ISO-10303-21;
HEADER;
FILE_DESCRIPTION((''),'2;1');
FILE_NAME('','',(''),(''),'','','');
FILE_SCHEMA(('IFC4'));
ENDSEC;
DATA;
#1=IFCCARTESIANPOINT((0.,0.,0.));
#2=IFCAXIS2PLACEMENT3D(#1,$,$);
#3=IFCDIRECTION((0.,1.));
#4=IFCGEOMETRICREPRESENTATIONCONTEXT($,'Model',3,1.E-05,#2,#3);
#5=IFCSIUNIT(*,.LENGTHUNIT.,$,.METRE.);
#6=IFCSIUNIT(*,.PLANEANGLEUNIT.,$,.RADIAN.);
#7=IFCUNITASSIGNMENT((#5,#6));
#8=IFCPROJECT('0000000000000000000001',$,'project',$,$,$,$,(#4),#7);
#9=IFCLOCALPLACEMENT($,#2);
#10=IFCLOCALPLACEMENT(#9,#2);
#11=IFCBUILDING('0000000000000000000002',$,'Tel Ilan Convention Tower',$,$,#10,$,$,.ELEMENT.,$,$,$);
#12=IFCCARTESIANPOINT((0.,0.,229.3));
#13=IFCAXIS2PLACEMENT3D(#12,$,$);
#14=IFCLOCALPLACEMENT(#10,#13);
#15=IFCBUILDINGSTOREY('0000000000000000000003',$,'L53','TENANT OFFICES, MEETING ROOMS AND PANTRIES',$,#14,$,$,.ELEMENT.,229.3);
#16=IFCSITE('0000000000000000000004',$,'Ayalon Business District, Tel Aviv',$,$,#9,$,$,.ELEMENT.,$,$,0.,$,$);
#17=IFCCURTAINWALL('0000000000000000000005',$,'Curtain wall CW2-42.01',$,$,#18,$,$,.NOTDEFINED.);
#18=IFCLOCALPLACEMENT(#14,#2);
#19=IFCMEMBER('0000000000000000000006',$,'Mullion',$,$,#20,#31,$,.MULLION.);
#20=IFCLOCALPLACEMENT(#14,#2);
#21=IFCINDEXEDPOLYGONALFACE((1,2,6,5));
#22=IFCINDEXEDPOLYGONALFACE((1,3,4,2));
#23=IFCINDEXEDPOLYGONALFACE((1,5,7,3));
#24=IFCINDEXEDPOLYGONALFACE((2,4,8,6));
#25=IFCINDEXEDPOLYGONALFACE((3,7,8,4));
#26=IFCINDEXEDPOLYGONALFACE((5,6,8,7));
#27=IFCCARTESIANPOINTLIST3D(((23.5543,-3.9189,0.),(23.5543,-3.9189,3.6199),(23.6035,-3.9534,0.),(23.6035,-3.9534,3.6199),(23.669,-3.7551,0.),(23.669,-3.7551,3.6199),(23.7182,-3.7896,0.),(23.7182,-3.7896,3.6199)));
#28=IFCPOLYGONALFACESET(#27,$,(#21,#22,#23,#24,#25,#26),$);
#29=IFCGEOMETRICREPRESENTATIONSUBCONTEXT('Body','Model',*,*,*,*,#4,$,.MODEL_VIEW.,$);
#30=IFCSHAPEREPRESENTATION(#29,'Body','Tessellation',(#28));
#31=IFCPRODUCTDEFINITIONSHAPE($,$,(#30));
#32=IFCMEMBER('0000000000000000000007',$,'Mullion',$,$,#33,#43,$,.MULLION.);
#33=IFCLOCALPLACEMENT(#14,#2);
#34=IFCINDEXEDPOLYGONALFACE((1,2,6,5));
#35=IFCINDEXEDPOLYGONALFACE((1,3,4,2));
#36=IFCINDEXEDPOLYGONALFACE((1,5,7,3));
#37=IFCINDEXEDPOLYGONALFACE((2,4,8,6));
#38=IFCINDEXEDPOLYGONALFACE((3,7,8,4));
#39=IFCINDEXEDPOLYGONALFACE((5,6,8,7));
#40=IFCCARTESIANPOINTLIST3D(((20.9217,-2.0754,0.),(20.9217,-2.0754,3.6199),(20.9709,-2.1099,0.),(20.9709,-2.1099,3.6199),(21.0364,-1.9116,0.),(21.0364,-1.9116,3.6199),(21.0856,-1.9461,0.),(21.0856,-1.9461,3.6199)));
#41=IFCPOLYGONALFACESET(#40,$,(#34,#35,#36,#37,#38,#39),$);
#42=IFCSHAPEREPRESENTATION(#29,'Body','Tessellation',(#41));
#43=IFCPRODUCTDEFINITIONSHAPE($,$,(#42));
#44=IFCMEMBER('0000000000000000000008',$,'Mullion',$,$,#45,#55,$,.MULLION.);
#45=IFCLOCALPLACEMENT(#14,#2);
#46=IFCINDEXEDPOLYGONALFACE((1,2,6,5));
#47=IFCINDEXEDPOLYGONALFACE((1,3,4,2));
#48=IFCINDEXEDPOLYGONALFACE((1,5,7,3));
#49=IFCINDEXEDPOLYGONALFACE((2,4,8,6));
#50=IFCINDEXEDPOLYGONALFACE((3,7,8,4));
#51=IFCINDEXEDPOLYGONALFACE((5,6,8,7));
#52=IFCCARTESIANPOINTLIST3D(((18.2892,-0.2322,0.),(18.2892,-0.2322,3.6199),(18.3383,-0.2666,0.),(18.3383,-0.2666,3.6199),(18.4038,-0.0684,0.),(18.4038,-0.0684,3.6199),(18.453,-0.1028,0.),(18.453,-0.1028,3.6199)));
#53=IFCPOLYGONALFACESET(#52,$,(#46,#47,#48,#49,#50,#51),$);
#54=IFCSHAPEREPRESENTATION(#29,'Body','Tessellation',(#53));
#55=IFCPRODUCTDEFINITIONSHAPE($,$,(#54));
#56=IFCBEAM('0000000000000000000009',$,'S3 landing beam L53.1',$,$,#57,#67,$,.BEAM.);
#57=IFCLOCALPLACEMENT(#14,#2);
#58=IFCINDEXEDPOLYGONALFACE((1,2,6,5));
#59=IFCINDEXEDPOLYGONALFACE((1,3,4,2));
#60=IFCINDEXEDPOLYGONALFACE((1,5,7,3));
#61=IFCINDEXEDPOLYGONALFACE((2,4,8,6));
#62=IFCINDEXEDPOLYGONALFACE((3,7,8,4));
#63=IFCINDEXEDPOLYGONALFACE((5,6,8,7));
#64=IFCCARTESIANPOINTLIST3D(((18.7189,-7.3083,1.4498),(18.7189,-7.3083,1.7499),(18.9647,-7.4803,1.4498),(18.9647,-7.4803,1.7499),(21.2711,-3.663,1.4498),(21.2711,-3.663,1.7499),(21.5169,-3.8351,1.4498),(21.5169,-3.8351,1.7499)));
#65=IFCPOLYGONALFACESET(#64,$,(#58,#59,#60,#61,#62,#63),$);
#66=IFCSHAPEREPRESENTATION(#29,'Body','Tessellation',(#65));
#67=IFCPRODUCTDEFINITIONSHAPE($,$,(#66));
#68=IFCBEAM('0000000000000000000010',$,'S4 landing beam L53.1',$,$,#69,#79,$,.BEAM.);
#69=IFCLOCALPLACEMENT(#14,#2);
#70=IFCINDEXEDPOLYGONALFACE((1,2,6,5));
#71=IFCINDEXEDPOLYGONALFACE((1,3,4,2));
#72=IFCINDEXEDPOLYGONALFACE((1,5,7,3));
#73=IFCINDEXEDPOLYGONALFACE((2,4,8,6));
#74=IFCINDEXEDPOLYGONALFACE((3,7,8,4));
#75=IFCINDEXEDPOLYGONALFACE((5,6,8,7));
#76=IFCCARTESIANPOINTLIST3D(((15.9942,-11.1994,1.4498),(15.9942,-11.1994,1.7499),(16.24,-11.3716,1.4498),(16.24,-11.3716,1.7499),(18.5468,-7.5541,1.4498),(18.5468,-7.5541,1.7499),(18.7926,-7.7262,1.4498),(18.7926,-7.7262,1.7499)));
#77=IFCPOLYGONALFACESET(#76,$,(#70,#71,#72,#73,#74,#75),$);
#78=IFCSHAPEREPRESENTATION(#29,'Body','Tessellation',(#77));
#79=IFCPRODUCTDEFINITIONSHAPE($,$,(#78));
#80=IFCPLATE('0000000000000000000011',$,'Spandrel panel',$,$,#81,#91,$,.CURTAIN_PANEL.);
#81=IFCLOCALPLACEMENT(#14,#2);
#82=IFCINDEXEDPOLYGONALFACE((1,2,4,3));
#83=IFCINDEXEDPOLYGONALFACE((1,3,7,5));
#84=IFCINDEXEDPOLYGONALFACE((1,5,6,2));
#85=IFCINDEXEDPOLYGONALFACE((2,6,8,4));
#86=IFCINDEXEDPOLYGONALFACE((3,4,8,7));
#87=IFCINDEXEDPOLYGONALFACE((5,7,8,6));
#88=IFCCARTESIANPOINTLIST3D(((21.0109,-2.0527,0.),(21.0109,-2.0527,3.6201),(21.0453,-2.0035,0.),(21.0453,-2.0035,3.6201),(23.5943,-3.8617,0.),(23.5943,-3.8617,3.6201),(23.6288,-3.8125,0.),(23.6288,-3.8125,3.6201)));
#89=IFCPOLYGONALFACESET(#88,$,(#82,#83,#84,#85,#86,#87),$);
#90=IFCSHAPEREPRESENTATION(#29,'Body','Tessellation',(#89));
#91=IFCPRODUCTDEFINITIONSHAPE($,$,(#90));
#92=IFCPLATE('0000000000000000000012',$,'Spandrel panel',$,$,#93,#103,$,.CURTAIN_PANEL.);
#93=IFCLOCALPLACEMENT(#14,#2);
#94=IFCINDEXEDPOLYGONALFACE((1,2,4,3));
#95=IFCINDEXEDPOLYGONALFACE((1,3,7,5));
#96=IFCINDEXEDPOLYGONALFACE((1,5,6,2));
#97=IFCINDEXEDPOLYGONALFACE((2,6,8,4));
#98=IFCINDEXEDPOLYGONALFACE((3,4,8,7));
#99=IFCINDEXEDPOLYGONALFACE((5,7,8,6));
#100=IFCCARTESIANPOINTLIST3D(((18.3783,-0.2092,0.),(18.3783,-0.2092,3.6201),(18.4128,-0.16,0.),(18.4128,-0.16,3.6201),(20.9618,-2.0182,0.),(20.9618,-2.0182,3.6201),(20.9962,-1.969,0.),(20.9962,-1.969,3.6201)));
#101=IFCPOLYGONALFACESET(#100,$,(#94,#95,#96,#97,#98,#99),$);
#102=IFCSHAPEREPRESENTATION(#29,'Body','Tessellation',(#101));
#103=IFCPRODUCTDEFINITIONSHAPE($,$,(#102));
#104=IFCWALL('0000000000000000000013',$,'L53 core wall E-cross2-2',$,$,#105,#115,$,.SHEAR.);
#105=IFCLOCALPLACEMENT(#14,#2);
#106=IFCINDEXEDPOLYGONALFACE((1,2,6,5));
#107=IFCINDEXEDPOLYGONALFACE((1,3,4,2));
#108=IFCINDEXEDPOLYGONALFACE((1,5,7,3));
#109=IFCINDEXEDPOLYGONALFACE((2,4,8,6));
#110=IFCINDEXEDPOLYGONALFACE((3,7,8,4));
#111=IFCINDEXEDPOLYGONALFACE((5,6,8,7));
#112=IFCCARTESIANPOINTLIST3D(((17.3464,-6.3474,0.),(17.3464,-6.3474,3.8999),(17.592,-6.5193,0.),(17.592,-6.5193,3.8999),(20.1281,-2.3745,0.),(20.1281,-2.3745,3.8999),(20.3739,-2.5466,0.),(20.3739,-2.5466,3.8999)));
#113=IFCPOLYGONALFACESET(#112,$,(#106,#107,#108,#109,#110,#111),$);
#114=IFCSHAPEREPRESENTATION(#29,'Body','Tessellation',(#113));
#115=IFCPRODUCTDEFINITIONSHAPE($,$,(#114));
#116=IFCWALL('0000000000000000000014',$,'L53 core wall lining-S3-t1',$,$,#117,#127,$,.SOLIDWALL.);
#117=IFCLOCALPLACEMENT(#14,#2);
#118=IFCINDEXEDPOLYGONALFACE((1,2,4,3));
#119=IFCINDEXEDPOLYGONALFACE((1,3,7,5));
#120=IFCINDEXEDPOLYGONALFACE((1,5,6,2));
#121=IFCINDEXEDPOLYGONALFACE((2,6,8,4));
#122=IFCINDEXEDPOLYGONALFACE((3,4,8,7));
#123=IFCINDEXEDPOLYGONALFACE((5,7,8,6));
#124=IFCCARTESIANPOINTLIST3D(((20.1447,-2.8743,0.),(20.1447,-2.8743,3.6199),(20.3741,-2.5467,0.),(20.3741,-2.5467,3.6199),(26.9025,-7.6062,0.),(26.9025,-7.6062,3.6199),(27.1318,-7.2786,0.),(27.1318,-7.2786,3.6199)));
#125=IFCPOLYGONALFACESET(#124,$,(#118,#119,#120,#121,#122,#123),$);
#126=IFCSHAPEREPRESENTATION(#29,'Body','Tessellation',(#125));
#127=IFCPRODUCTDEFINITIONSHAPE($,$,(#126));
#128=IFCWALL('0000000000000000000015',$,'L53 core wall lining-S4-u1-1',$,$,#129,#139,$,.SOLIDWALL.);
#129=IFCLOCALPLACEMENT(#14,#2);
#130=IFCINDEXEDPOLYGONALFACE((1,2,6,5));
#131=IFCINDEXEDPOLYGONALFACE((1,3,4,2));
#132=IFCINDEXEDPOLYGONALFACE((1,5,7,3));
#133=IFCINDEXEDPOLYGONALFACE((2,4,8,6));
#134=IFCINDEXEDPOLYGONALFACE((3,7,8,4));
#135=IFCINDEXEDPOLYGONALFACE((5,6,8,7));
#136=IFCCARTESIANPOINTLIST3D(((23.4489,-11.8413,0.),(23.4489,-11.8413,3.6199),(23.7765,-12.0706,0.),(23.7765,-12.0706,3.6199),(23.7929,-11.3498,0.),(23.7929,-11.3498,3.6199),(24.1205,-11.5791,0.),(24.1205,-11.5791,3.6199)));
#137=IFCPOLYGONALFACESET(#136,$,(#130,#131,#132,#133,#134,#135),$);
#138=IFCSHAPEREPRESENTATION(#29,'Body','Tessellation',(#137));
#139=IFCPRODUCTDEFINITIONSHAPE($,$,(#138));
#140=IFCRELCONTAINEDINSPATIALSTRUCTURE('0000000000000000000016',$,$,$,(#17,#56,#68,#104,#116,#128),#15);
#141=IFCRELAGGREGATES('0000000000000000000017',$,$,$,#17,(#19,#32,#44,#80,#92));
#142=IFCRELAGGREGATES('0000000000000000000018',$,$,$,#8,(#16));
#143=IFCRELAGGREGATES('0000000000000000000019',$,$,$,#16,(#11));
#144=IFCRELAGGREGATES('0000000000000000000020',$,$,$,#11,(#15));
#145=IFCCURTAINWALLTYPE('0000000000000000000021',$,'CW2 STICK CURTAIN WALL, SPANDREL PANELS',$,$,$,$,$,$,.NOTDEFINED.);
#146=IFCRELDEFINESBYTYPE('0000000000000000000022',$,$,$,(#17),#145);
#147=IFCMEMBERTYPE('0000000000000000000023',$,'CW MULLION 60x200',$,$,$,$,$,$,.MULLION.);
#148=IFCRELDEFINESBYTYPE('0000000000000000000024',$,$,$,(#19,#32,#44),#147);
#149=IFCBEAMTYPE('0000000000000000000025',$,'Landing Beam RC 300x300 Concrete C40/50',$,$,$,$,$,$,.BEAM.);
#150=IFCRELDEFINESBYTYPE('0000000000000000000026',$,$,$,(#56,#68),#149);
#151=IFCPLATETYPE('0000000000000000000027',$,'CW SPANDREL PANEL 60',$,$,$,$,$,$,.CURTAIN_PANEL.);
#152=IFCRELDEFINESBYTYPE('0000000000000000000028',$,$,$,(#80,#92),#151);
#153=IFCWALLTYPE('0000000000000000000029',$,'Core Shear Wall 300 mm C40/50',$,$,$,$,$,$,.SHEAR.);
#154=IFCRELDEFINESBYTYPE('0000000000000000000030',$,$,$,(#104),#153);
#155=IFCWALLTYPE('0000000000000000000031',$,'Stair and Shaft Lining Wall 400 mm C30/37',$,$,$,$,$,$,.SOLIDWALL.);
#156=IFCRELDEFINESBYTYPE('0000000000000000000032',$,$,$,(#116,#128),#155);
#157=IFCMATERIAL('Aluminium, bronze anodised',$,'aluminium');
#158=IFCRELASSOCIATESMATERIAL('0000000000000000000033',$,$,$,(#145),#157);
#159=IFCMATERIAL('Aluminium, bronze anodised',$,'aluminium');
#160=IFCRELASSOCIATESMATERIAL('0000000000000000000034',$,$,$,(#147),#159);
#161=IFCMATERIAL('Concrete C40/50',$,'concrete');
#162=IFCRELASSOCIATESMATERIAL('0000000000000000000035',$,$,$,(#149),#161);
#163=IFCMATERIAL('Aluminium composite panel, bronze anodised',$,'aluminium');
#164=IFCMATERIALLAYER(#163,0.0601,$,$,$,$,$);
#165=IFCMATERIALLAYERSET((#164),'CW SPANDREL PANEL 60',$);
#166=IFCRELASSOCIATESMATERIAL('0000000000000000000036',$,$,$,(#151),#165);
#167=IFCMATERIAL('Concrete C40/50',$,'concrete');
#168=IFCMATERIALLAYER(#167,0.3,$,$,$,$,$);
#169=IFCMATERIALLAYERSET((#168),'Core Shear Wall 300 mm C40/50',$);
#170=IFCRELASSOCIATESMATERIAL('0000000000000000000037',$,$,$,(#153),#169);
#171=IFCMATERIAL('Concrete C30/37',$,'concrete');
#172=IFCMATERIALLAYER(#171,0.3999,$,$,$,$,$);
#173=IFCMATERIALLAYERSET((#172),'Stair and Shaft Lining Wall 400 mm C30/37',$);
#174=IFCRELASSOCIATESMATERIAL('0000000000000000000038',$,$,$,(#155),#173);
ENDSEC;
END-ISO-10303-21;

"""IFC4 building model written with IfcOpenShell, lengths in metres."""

from ifc_helpers import new_model, si_unit, direction, frame, frame_2d, origin, origin_2d, place, context, subcontext, project, spatial, polyline, rectangle, outline, extrude, material, layer, layer_set, material_profile, profile_set, type_object, element, aggregate, save


model = new_model("IFC4")

# Units and contexts
model_context = context("Model", 3, precision=1e-05, world=origin(), true_north=direction((0.0, 1.0)))
body_context = subcontext(model_context, "Body", "Model", "MODEL_VIEW")
ifc_project = project(units=[si_unit("LENGTHUNIT", "METRE"), si_unit("PLANEANGLEUNIT", "RADIAN")], contexts=[model_context])

# Site, building, storey
site_placement = place(None, origin())
site = spatial("IfcSite", under=ifc_project, at=site_placement, Name="Ayalon Business District, Tel Aviv", CompositionType="ELEMENT", RefElevation=0.0)
building_placement = place(site_placement, origin())
building = spatial("IfcBuilding", under=site, at=building_placement, Name="Tel Ilan Convention Tower", CompositionType="ELEMENT")
storey_placement = place(building_placement, frame((0.0, 0.0, 229.3)))
storey = spatial("IfcBuildingStorey", under=building, at=storey_placement, Name="L53", Description="TENANT OFFICES, MEETING ROOMS AND PANTRIES", CompositionType="ELEMENT", Elevation=229.3)

# Curtain wall, members
ifc_material_1 = material(Name="Aluminium, bronze anodised", Category="aluminium")
curtain_wall_type = type_object("IfcCurtainWallType", Name="CW2 STICK CURTAIN WALL, SPANDREL PANELS", PredefinedType="NOTDEFINED", material=ifc_material_1)
curtain_wall_placement = place(storey_placement, origin())
curtain_wall = element("IfcCurtainWall", 1, at=curtain_wall_placement, inside=storey, type_object=curtain_wall_type, Name="Curtain wall CW2-42.01", PredefinedType="NOTDEFINED")
ifc_material_2 = material(Name="Aluminium, bronze anodised", Category="aluminium")
ifc_material_profile_1 = material_profile(ifc_material_2, rectangle(XDim=0.0601, YDim=0.2, at=origin_2d()), Name="CW MULLION 60x200")
ifc_profile_set_1 = profile_set([ifc_material_profile_1], Name="Aluminium, bronze anodised")
member_type = type_object("IfcMemberType", Name="CW MULLION 60x200", PredefinedType="MULLION", material=ifc_profile_set_1)
member_1_placement = place(storey_placement, frame((23.6362, -3.8542, 0.0), z_axis=(0.0, 0.0, 1.0), x_axis=(-0.819152, 0.573576, 0.0)))
member_1 = element("IfcMember", 2, at=member_1_placement, type_object=member_type, Name="Mullion", PredefinedType="MULLION", context=body_context, shape_type="SweptSolid", body=[
    extrude(rectangle(XDim=0.0601, YDim=0.2, at=origin_2d()), origin(), (0.0, 0.0, 1.0), 3.6199),
])
member_2_placement = place(storey_placement, frame((21.0037, -2.0107, 0.0), z_axis=(0.0, 0.0, 1.0), x_axis=(-0.819152, 0.573576, 0.0)))
member_2 = element("IfcMember", 3, at=member_2_placement, type_object=member_type, Name="Mullion", PredefinedType="MULLION", context=body_context, shape_type="SweptSolid", body=[
    extrude(rectangle(XDim=0.0601, YDim=0.2, at=origin_2d()), origin(), (0.0, 0.0, 1.0), 3.6199),
])
member_3_placement = place(storey_placement, frame((18.3711, -0.1675, 0.0), z_axis=(0.0, 0.0, 1.0), x_axis=(-0.819152, 0.573576, 0.0)))
member_3 = element("IfcMember", 4, at=member_3_placement, type_object=member_type, Name="Mullion", PredefinedType="MULLION", context=body_context, shape_type="SweptSolid", body=[
    extrude(rectangle(XDim=0.0601, YDim=0.2, at=origin_2d()), origin(), (0.0, 0.0, 1.0), 3.6199),
])

# Beams
ifc_material_3 = material(Name="Concrete C40/50", Category="concrete")
ifc_material_profile_2 = material_profile(ifc_material_3, rectangle(XDim=0.3, YDim=0.3, at=origin_2d()), Name="RC 300x300")
ifc_profile_set_2 = profile_set([ifc_material_profile_2], Name="Concrete C40/50")
beam_type = type_object("IfcBeamType", Name="Landing Beam RC 300x300 Concrete C40/50", PredefinedType="BEAM", material=ifc_profile_set_2)
beam_1_placement = place(storey_placement, frame((21.394, -3.749, 1.5999), z_axis=(-0.573547, -0.819173, 0.0), x_axis=(0.819173, -0.573547, 0.0)))
element("IfcBeam", 5, at=beam_1_placement, inside=storey, type_object=beam_type, Name="S3 landing beam L53.1", PredefinedType="BEAM", context=body_context, shape_type="SweptSolid", body=[
    extrude(rectangle(XDim=0.3, YDim=0.3, at=origin_2d()), origin(), (0.0, 0.0, 1.0), 4.45),
])
beam_2_placement = place(storey_placement, frame((18.6697, -7.6401, 1.5999), z_axis=(-0.573584, -0.819147, 0.0), x_axis=(0.819147, -0.573584, 0.0)))
element("IfcBeam", 6, at=beam_2_placement, inside=storey, type_object=beam_type, Name="S4 landing beam L53.1", PredefinedType="BEAM", context=body_context, shape_type="SweptSolid", body=[
    extrude(rectangle(XDim=0.3, YDim=0.3, at=origin_2d()), origin(), (0.0, 0.0, 1.0), 4.4502),
])

# Plates
ifc_material_4 = material(Name="Aluminium composite panel, bronze anodised", Category="aluminium")
ifc_layer_1 = layer(ifc_material_4, 0.0601)
ifc_layer_set_1 = layer_set([ifc_layer_1], Name="CW SPANDREL PANEL 60")
plate_type = type_object("IfcPlateType", Name="CW SPANDREL PANEL 60", PredefinedType="CURTAIN_PANEL", material=ifc_layer_set_1)
plate_1_placement = place(storey_placement, frame((22.3198, -2.9326, 0.0), z_axis=(0.0, 0.0, 1.0), x_axis=(-0.819152, 0.573576, 0.0)))
plate_1 = element("IfcPlate", 7, at=plate_1_placement, type_object=plate_type, Name="Spandrel panel", PredefinedType="CURTAIN_PANEL", context=body_context, shape_type="SweptSolid", body=[
    extrude(rectangle(XDim=3.1538, YDim=0.0601, at=origin_2d()), origin(), (0.0, 0.0, 1.0), 3.6201),
])
plate_2_placement = place(storey_placement, frame((19.6873, -1.0891, 0.0), z_axis=(0.0, 0.0, 1.0), x_axis=(-0.819152, 0.573576, 0.0)))
plate_2 = element("IfcPlate", 8, at=plate_2_placement, type_object=plate_type, Name="Spandrel panel", PredefinedType="CURTAIN_PANEL", context=body_context, shape_type="SweptSolid", body=[
    extrude(rectangle(XDim=3.1538, YDim=0.0601, at=origin_2d()), origin(), (0.0, 0.0, 1.0), 3.6201),
])
aggregate(curtain_wall, [member_1, member_2, member_3, plate_1, plate_2])

# Walls
ifc_material_5 = material(Name="Concrete C40/50", Category="concrete")
ifc_layer_2 = layer(ifc_material_5, 0.3)
ifc_layer_set_2 = layer_set([ifc_layer_2], Name="Core Shear Wall 300 mm C40/50")
wall_type_1 = type_object("IfcWallType", Name="Core Shear Wall 300 mm C40/50", PredefinedType="SHEAR", material=ifc_layer_set_2)
wall_1_placement = place(storey_placement, frame((17.4692, -6.4333, 0.0), z_axis=(0.0, 0.0, 1.0), x_axis=(0.573594, 0.81914, 0.0)))
element("IfcWall", 9, at=wall_1_placement, inside=storey, type_object=wall_type_1, Name="L53 core wall E-cross2-2", PredefinedType="SHEAR", context=body_context, shape_type="SweptSolid", body=[
    extrude(outline(polyline([(4.8499, -0.1499), (4.8499, 0.1501), (0.0, 0.1499), (0.0, -0.1499), (4.8499, -0.1499)])), origin(), (0.0, 0.0, 1.0), 3.8999),
])
ifc_material_6 = material(Name="Concrete C30/37", Category="concrete")
ifc_layer_3 = layer(ifc_material_6, 0.3999)
ifc_layer_set_3 = layer_set([ifc_layer_3], Name="Stair and Shaft Lining Wall 400 mm C30/37")
wall_type_2 = type_object("IfcWallType", Name="Stair and Shaft Lining Wall 400 mm C30/37", PredefinedType="SOLIDWALL", material=ifc_layer_set_3)
wall_2_placement = place(storey_placement, frame((20.2593, -2.7104, 0.0), z_axis=(0.0, 0.0, 1.0), x_axis=(0.819148, -0.573582, 0.0)))
element("IfcWall", 10, at=wall_2_placement, inside=storey, type_object=wall_type_2, Name="L53 core wall lining-S3-t1", PredefinedType="SOLIDWALL", context=body_context, shape_type="SweptSolid", body=[
    extrude(rectangle(XDim=8.2498, YDim=0.3999, at=frame_2d((4.125, 0.0))), origin(), (0.0, 0.0, 1.0), 3.6199),
])
wall_3_placement = place(storey_placement, frame((23.6128, -11.9558, 0.0), z_axis=(0.0, 0.0, 1.0), x_axis=(0.573435, 0.819251, 0.0)))
element("IfcWall", 11, at=wall_3_placement, inside=storey, type_object=wall_type_2, Name="L53 core wall lining-S4-u1-1", PredefinedType="SOLIDWALL", context=body_context, shape_type="SweptSolid", body=[
    extrude(rectangle(XDim=0.5999, YDim=0.3999, at=frame_2d((0.2998, 0.0))), origin(), (0.0, 0.0, 1.0), 3.6199),
])

save(model, "model.ifc")
